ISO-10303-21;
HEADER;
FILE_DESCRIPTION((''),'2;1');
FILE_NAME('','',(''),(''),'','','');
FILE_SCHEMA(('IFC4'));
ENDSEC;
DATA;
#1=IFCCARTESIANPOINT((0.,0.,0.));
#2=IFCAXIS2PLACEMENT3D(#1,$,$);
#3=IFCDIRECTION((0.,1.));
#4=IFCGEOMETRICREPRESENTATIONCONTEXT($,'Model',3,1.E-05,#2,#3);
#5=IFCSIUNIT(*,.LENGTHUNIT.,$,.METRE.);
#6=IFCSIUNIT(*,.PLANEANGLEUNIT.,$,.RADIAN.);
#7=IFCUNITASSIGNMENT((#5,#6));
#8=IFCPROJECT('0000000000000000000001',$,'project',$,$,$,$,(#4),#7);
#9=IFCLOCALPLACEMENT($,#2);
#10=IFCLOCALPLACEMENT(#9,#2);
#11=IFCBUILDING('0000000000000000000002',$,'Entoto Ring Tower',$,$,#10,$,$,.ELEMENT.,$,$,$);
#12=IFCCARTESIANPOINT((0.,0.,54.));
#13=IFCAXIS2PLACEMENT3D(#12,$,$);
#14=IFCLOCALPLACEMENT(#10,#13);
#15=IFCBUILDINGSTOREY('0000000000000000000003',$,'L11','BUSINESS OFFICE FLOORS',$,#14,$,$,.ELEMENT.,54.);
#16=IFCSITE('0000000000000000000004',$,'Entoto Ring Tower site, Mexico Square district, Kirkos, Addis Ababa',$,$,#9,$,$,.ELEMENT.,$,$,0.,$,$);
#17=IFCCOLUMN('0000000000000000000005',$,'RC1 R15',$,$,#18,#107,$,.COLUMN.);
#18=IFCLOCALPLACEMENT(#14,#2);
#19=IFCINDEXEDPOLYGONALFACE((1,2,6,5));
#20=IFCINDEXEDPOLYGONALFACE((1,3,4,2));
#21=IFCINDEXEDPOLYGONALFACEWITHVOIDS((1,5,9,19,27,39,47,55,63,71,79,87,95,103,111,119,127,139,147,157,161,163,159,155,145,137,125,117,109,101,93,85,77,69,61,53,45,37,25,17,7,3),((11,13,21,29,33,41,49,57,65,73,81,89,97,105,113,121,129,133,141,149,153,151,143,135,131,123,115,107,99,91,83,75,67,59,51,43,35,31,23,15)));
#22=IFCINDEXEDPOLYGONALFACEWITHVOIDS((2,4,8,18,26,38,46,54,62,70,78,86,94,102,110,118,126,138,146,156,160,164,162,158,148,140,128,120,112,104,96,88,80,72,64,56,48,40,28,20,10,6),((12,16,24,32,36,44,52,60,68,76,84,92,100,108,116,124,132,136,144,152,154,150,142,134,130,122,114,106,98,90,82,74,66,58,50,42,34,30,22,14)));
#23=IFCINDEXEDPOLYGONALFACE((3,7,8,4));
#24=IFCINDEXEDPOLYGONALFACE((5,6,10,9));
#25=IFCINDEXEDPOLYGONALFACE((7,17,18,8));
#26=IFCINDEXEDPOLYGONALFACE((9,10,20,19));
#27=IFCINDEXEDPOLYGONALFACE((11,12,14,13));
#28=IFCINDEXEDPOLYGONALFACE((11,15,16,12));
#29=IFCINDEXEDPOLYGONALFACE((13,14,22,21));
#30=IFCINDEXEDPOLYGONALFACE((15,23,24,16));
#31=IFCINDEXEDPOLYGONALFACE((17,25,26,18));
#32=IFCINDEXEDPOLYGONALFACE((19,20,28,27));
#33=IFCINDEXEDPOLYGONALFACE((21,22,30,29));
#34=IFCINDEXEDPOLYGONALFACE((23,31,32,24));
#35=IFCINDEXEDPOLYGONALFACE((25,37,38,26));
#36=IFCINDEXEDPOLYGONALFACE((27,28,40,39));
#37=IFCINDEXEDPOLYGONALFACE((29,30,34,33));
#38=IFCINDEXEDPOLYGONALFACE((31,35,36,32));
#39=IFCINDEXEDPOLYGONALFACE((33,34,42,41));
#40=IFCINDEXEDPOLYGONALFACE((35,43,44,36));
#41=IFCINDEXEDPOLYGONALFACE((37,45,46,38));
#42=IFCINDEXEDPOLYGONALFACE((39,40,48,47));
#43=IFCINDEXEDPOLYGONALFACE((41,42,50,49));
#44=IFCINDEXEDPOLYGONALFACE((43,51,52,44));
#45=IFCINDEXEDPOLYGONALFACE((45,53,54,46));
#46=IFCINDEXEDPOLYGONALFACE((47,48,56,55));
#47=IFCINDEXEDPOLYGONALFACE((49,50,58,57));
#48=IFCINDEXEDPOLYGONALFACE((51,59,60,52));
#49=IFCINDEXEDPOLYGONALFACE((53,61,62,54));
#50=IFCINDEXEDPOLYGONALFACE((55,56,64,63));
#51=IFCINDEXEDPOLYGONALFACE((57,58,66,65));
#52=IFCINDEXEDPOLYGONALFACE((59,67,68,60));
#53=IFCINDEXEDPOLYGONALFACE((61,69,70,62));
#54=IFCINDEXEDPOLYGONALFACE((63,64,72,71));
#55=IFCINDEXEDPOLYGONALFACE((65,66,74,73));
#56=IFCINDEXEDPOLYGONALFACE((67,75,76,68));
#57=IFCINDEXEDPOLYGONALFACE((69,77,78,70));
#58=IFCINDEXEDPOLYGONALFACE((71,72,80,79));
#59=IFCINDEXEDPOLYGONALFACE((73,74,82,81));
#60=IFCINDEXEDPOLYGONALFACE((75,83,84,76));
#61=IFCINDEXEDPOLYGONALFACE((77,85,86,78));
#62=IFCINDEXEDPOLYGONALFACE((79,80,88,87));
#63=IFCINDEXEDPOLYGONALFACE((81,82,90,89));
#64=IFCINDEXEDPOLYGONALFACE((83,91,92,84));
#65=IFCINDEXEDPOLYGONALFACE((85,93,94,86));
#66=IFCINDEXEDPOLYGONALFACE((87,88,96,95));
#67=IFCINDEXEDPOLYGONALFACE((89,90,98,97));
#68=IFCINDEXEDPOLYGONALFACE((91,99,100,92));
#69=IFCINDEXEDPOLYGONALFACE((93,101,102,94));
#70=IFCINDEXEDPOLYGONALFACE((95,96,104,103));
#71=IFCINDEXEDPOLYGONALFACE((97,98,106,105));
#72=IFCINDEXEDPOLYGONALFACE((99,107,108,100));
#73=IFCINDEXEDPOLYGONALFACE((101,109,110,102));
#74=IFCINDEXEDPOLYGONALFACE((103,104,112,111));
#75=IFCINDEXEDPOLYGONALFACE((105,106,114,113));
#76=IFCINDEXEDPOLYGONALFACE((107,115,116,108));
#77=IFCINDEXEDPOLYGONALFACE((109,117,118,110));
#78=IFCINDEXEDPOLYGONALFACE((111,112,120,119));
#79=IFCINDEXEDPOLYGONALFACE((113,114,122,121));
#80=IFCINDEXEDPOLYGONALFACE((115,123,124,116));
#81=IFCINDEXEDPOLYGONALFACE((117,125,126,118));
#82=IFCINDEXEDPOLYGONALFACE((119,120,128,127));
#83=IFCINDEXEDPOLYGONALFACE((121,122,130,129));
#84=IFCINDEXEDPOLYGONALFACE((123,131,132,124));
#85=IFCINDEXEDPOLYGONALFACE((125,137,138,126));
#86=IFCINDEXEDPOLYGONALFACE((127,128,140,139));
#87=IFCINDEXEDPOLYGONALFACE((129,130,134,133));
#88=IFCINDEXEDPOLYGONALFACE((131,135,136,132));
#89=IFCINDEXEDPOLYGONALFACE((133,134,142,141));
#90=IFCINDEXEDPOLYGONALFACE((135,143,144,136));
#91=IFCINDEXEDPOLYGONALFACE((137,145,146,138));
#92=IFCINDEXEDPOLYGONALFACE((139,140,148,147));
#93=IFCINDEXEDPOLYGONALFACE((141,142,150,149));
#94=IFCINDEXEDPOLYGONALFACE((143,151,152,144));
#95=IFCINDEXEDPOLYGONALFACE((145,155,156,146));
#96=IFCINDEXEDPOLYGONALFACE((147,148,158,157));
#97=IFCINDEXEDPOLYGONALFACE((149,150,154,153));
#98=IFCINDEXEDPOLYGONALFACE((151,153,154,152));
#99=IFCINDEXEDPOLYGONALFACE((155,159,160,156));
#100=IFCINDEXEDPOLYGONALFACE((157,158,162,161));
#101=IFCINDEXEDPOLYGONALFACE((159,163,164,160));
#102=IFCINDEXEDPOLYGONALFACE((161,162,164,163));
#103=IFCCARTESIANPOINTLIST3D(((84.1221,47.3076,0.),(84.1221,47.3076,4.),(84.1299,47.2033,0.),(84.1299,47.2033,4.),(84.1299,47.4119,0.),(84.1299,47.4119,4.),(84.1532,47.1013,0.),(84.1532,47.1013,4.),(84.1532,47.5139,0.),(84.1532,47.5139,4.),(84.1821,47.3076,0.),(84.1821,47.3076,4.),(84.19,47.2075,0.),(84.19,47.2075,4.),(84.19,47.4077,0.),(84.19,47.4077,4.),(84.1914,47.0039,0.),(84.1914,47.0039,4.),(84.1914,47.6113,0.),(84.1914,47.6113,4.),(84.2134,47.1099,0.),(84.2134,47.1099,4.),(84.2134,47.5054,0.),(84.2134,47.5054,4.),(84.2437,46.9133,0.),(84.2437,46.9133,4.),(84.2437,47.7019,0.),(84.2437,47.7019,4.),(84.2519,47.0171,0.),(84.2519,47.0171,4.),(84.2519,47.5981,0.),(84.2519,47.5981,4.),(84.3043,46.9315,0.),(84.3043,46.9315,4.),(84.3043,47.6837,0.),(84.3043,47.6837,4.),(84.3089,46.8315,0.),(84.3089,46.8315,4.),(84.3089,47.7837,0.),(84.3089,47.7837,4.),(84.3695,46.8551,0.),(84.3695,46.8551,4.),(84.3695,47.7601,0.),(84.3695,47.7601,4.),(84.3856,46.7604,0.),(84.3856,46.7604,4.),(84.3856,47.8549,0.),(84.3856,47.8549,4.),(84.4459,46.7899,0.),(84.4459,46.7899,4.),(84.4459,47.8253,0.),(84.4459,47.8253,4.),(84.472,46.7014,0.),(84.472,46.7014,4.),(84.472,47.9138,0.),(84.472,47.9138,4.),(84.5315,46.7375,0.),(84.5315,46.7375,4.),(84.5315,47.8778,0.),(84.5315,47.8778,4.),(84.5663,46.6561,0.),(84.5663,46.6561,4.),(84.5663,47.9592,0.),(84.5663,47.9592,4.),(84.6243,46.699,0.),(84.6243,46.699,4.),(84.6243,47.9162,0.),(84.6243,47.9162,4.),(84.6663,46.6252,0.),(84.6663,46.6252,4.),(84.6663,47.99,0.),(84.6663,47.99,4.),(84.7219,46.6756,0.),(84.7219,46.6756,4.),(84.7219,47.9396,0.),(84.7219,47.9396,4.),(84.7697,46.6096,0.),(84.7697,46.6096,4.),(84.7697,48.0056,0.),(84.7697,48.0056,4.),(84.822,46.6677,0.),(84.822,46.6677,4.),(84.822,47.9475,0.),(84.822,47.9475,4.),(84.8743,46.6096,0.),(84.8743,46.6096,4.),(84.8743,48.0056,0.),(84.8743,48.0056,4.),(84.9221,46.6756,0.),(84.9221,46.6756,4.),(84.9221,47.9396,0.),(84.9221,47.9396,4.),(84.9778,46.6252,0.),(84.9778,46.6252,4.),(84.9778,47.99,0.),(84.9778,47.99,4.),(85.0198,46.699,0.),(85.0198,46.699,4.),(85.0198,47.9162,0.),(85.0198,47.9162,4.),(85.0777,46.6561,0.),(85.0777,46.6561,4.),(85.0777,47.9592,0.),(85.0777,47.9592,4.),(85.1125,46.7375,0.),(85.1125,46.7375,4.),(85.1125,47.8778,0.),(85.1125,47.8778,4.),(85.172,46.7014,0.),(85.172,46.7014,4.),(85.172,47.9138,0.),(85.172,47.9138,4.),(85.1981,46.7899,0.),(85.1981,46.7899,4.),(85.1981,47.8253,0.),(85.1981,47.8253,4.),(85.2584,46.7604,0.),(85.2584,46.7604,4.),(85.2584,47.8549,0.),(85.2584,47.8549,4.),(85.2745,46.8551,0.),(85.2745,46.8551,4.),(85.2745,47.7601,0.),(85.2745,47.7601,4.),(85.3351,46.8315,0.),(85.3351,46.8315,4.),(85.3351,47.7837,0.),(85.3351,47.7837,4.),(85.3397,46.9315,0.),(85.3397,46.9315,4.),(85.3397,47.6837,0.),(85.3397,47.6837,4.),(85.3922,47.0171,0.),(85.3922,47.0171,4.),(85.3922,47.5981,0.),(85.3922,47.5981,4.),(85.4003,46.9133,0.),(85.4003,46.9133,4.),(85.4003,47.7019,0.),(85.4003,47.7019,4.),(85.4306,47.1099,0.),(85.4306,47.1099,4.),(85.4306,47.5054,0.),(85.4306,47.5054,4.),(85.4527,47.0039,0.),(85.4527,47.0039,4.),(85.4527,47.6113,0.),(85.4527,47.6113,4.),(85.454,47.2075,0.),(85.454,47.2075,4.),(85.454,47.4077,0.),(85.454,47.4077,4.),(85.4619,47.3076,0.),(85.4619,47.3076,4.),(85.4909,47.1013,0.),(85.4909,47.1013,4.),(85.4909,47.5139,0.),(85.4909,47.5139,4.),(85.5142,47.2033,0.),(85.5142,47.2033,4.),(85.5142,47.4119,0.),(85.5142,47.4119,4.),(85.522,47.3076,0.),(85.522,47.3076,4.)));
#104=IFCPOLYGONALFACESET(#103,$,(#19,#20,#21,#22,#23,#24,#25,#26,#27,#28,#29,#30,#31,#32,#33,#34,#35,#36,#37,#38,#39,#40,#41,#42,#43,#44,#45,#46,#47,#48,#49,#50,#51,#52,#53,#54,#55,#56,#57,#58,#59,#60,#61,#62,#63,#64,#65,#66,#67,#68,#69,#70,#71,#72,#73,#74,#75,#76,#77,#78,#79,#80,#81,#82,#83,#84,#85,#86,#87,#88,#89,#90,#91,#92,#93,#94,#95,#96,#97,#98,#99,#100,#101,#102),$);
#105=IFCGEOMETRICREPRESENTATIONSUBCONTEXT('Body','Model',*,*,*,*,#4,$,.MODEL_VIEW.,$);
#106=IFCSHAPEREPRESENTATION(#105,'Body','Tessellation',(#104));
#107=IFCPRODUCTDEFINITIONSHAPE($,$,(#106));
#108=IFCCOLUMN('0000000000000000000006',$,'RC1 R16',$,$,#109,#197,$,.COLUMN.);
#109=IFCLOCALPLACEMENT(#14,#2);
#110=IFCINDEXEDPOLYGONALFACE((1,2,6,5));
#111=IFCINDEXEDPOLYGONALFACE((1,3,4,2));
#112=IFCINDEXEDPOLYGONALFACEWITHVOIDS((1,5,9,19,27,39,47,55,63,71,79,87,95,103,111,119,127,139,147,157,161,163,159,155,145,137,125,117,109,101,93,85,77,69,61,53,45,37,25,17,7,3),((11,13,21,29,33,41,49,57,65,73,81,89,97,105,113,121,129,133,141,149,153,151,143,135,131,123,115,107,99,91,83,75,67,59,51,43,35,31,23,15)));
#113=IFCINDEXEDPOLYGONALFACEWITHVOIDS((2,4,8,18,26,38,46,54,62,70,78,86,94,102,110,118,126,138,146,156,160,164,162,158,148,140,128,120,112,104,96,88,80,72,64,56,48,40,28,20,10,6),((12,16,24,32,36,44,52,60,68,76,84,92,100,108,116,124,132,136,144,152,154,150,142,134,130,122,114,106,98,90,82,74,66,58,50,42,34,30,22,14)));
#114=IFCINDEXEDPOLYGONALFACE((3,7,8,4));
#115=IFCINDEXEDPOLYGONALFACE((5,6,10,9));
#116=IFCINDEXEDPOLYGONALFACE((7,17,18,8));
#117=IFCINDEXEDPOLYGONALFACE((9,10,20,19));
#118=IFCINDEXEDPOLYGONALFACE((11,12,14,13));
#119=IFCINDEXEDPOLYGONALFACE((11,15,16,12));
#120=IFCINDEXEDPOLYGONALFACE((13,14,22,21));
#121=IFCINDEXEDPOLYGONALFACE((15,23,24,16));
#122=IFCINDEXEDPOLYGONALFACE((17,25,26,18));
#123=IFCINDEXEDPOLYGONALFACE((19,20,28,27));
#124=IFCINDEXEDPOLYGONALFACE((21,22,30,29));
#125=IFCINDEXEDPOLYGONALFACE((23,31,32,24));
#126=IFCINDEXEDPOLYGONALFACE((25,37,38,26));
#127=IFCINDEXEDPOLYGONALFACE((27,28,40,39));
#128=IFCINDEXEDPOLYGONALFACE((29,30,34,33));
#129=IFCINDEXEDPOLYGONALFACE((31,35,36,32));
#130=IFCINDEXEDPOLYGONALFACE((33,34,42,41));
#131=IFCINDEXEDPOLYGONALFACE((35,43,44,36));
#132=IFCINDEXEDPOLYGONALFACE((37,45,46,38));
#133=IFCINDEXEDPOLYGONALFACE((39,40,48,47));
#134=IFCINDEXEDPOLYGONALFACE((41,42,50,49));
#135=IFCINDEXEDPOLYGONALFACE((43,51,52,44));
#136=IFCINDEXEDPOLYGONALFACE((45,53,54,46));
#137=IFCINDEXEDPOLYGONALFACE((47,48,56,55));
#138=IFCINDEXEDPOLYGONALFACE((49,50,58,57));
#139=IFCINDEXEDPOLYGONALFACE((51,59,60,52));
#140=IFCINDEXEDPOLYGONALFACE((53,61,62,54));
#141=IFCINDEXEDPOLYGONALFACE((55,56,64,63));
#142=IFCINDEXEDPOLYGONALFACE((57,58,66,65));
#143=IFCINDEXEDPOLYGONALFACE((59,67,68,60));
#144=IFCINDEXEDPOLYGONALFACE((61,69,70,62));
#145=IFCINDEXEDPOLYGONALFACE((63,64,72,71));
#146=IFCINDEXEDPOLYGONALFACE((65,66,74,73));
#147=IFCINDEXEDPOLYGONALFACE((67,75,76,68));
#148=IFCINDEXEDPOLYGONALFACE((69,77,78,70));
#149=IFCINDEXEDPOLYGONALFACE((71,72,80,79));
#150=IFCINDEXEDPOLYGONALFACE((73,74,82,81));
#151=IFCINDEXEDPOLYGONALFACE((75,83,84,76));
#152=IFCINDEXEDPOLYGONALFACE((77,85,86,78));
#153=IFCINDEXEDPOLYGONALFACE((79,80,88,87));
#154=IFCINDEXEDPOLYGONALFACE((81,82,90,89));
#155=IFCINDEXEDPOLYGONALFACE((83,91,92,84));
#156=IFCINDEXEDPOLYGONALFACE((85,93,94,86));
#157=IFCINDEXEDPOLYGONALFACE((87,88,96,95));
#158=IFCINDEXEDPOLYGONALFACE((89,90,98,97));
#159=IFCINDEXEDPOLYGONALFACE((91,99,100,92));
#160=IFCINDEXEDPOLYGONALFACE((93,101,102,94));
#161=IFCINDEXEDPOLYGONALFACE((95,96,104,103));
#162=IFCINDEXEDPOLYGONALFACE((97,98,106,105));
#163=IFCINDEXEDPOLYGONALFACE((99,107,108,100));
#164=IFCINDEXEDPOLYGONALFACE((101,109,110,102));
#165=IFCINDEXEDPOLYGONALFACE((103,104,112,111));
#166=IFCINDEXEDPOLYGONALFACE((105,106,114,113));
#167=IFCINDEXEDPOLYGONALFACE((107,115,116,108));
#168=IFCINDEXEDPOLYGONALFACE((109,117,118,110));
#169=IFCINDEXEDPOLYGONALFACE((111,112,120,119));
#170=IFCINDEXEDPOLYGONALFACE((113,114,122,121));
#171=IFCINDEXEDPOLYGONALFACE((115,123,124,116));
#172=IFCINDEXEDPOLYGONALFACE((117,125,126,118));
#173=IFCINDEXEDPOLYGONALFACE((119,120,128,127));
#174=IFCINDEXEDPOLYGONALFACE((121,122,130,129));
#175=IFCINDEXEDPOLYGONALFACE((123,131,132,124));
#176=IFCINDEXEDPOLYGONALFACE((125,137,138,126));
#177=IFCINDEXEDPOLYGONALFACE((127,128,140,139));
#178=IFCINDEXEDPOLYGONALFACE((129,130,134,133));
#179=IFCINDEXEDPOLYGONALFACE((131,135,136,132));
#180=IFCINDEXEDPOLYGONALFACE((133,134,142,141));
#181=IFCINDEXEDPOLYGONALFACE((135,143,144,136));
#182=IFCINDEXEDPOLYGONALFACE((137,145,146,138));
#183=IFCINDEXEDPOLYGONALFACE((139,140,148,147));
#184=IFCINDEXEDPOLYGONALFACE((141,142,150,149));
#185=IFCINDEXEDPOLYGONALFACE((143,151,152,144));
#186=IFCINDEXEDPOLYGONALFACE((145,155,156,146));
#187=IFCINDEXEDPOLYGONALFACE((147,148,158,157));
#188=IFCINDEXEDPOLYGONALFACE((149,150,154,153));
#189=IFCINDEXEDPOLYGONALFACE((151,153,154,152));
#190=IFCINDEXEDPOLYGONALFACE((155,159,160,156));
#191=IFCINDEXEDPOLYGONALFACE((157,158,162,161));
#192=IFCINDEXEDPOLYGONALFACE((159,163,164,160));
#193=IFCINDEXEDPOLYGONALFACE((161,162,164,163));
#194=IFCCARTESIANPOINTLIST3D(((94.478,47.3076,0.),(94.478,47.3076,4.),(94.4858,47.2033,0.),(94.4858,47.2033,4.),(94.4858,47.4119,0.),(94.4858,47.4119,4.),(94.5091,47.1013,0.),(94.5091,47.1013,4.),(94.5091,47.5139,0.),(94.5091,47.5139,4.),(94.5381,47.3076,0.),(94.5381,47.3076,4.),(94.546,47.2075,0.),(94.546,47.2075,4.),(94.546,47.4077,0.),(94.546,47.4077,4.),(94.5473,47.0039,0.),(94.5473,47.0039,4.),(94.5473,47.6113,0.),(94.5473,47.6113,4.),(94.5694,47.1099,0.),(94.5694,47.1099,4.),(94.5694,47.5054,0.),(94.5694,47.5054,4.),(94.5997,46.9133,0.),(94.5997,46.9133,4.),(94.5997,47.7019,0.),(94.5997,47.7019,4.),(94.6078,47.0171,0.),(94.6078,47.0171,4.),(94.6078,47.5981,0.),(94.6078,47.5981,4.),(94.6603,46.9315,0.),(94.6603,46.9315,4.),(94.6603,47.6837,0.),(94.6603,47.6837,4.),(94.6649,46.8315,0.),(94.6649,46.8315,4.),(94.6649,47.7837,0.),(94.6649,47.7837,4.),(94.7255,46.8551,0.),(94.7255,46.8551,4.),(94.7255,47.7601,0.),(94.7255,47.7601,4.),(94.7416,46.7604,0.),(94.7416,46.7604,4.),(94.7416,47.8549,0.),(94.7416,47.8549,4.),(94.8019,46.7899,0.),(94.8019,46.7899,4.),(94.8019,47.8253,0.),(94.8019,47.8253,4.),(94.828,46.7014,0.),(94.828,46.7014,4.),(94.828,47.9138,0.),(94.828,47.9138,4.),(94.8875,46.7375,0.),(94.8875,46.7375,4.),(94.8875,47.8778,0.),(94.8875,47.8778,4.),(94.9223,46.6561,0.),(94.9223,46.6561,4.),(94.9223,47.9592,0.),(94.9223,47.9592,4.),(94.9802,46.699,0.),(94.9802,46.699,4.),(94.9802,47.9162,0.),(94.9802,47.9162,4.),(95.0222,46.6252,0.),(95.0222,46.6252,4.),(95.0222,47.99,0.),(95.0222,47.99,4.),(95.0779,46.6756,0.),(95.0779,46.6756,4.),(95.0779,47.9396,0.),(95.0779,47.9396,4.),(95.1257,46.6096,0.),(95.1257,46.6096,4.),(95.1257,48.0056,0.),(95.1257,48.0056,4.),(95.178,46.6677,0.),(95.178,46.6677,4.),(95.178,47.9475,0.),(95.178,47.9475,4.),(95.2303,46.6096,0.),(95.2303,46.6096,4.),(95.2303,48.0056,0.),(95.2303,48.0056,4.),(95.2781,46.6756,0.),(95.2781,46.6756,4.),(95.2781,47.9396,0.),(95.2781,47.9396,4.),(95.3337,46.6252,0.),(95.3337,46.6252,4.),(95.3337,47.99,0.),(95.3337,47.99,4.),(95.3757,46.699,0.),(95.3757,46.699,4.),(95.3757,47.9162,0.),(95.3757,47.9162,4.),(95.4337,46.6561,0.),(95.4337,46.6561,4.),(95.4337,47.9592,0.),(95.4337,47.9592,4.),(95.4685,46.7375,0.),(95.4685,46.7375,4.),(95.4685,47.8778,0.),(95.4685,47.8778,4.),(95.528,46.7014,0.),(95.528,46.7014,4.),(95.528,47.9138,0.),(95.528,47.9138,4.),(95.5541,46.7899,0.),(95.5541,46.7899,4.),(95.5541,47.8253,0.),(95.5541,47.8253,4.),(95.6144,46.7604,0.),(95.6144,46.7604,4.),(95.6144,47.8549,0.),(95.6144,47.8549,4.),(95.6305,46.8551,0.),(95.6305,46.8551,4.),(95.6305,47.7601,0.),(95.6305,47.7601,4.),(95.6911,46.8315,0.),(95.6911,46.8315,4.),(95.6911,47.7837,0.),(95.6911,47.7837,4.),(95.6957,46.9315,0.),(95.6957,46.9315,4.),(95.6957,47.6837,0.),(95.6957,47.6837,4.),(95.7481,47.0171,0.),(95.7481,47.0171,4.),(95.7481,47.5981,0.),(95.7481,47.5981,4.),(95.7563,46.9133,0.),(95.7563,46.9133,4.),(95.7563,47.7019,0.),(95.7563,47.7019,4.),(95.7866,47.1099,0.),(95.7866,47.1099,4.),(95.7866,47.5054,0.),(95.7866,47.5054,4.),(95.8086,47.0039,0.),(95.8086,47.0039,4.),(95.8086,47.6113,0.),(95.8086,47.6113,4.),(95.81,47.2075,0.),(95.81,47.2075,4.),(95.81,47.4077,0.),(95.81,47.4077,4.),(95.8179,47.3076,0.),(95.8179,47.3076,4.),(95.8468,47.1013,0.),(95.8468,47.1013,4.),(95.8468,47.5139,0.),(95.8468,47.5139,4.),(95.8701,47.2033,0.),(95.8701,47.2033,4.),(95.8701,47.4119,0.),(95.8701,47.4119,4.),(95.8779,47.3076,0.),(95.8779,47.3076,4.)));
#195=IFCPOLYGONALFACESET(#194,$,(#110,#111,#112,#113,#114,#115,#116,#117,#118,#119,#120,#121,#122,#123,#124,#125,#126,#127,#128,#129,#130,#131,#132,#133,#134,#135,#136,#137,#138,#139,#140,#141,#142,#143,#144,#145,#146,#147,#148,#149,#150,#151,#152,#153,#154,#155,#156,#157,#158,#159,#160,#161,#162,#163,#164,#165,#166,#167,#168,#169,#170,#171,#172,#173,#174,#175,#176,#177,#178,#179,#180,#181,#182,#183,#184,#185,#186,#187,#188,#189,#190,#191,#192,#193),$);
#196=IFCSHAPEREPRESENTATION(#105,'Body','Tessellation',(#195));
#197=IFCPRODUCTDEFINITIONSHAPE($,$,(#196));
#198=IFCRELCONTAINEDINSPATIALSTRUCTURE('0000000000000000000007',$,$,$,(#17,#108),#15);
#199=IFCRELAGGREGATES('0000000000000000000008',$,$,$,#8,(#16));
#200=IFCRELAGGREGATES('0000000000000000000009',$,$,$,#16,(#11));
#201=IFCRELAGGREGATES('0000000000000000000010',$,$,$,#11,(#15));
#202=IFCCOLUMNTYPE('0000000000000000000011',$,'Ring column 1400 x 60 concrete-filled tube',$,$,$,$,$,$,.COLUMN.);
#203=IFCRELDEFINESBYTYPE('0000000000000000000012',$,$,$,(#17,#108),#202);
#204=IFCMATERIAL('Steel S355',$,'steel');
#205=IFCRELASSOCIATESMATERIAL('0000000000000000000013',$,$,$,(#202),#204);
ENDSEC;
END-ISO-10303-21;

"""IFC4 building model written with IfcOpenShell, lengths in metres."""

from ifc_helpers import new_model, si_unit, direction, frame, origin, origin_2d, place, context, subcontext, project, spatial, circle, hollow_circle, extrude, material, material_profile, profile_set, type_object, element, save


model = new_model("IFC4")

# Units and contexts
model_context = context("Model", 3, precision=1e-05, world=origin(), true_north=direction((0.0, 1.0)))
body_context = subcontext(model_context, "Body", "Model", "MODEL_VIEW")
ifc_project = project(units=[si_unit("LENGTHUNIT", "METRE"), si_unit("PLANEANGLEUNIT", "RADIAN")], contexts=[model_context])

# Site, building, storey
site_placement = place(None, origin())
site = spatial("IfcSite", under=ifc_project, at=site_placement, Name="Entoto Ring Tower site, Mexico Square district, Kirkos, Addis Ababa", CompositionType="ELEMENT", RefElevation=0.0)
building_placement = place(site_placement, origin())
building = spatial("IfcBuilding", under=site, at=building_placement, Name="Entoto Ring Tower", CompositionType="ELEMENT")
storey_placement = place(building_placement, frame((0.0, 0.0, 54.0)))
storey = spatial("IfcBuildingStorey", under=building, at=storey_placement, Name="L11", Description="BUSINESS OFFICE FLOORS", CompositionType="ELEMENT", Elevation=54.0)

# Columns
ifc_material_1 = material(Name="Steel S355", Category="steel")
ifc_material_profile_1 = material_profile(ifc_material_1, hollow_circle(Radius=0.7, WallThickness=0.0601, at=origin_2d()), Name="CHS 1400 x 60")
ifc_material_2 = material(Name="Concrete C60/75", Category="concrete")
ifc_material_profile_2 = material_profile(ifc_material_2, circle(Radius=0.6399, at=origin_2d()), Name="Concrete C60/75 infill")
ifc_profile_set_1 = profile_set([ifc_material_profile_1, ifc_material_profile_2], Name="Steel S355")
column_type = type_object("IfcColumnType", Name="Ring column 1400 x 60 concrete-filled tube", PredefinedType="COLUMN", material=ifc_profile_set_1)
for number, where, z_axis, x_axis, name in (
    (1, (84.822, 47.3076, 0.0), (0.0, 0.0, 1.0), (1.0, 0.0, 0.0), "RC1 R15"),
    (2, (95.178, 47.3076, 0.0), (0.0, 0.0, 1.0), (1.0, 0.0, 0.0), "RC1 R16"),
):
    element("IfcColumn", number, at=place(storey_placement, frame(where, z_axis=z_axis, x_axis=x_axis)), inside=storey, type_object=column_type, Name=name, PredefinedType="COLUMN", context=body_context, shape_type="SweptSolid", body=[
        extrude(hollow_circle(Radius=0.7, WallThickness=0.0601, at=origin_2d()), origin(), (0.0, 0.0, 1.0), 4.0),
    ])

save(model, "model.ifc")
